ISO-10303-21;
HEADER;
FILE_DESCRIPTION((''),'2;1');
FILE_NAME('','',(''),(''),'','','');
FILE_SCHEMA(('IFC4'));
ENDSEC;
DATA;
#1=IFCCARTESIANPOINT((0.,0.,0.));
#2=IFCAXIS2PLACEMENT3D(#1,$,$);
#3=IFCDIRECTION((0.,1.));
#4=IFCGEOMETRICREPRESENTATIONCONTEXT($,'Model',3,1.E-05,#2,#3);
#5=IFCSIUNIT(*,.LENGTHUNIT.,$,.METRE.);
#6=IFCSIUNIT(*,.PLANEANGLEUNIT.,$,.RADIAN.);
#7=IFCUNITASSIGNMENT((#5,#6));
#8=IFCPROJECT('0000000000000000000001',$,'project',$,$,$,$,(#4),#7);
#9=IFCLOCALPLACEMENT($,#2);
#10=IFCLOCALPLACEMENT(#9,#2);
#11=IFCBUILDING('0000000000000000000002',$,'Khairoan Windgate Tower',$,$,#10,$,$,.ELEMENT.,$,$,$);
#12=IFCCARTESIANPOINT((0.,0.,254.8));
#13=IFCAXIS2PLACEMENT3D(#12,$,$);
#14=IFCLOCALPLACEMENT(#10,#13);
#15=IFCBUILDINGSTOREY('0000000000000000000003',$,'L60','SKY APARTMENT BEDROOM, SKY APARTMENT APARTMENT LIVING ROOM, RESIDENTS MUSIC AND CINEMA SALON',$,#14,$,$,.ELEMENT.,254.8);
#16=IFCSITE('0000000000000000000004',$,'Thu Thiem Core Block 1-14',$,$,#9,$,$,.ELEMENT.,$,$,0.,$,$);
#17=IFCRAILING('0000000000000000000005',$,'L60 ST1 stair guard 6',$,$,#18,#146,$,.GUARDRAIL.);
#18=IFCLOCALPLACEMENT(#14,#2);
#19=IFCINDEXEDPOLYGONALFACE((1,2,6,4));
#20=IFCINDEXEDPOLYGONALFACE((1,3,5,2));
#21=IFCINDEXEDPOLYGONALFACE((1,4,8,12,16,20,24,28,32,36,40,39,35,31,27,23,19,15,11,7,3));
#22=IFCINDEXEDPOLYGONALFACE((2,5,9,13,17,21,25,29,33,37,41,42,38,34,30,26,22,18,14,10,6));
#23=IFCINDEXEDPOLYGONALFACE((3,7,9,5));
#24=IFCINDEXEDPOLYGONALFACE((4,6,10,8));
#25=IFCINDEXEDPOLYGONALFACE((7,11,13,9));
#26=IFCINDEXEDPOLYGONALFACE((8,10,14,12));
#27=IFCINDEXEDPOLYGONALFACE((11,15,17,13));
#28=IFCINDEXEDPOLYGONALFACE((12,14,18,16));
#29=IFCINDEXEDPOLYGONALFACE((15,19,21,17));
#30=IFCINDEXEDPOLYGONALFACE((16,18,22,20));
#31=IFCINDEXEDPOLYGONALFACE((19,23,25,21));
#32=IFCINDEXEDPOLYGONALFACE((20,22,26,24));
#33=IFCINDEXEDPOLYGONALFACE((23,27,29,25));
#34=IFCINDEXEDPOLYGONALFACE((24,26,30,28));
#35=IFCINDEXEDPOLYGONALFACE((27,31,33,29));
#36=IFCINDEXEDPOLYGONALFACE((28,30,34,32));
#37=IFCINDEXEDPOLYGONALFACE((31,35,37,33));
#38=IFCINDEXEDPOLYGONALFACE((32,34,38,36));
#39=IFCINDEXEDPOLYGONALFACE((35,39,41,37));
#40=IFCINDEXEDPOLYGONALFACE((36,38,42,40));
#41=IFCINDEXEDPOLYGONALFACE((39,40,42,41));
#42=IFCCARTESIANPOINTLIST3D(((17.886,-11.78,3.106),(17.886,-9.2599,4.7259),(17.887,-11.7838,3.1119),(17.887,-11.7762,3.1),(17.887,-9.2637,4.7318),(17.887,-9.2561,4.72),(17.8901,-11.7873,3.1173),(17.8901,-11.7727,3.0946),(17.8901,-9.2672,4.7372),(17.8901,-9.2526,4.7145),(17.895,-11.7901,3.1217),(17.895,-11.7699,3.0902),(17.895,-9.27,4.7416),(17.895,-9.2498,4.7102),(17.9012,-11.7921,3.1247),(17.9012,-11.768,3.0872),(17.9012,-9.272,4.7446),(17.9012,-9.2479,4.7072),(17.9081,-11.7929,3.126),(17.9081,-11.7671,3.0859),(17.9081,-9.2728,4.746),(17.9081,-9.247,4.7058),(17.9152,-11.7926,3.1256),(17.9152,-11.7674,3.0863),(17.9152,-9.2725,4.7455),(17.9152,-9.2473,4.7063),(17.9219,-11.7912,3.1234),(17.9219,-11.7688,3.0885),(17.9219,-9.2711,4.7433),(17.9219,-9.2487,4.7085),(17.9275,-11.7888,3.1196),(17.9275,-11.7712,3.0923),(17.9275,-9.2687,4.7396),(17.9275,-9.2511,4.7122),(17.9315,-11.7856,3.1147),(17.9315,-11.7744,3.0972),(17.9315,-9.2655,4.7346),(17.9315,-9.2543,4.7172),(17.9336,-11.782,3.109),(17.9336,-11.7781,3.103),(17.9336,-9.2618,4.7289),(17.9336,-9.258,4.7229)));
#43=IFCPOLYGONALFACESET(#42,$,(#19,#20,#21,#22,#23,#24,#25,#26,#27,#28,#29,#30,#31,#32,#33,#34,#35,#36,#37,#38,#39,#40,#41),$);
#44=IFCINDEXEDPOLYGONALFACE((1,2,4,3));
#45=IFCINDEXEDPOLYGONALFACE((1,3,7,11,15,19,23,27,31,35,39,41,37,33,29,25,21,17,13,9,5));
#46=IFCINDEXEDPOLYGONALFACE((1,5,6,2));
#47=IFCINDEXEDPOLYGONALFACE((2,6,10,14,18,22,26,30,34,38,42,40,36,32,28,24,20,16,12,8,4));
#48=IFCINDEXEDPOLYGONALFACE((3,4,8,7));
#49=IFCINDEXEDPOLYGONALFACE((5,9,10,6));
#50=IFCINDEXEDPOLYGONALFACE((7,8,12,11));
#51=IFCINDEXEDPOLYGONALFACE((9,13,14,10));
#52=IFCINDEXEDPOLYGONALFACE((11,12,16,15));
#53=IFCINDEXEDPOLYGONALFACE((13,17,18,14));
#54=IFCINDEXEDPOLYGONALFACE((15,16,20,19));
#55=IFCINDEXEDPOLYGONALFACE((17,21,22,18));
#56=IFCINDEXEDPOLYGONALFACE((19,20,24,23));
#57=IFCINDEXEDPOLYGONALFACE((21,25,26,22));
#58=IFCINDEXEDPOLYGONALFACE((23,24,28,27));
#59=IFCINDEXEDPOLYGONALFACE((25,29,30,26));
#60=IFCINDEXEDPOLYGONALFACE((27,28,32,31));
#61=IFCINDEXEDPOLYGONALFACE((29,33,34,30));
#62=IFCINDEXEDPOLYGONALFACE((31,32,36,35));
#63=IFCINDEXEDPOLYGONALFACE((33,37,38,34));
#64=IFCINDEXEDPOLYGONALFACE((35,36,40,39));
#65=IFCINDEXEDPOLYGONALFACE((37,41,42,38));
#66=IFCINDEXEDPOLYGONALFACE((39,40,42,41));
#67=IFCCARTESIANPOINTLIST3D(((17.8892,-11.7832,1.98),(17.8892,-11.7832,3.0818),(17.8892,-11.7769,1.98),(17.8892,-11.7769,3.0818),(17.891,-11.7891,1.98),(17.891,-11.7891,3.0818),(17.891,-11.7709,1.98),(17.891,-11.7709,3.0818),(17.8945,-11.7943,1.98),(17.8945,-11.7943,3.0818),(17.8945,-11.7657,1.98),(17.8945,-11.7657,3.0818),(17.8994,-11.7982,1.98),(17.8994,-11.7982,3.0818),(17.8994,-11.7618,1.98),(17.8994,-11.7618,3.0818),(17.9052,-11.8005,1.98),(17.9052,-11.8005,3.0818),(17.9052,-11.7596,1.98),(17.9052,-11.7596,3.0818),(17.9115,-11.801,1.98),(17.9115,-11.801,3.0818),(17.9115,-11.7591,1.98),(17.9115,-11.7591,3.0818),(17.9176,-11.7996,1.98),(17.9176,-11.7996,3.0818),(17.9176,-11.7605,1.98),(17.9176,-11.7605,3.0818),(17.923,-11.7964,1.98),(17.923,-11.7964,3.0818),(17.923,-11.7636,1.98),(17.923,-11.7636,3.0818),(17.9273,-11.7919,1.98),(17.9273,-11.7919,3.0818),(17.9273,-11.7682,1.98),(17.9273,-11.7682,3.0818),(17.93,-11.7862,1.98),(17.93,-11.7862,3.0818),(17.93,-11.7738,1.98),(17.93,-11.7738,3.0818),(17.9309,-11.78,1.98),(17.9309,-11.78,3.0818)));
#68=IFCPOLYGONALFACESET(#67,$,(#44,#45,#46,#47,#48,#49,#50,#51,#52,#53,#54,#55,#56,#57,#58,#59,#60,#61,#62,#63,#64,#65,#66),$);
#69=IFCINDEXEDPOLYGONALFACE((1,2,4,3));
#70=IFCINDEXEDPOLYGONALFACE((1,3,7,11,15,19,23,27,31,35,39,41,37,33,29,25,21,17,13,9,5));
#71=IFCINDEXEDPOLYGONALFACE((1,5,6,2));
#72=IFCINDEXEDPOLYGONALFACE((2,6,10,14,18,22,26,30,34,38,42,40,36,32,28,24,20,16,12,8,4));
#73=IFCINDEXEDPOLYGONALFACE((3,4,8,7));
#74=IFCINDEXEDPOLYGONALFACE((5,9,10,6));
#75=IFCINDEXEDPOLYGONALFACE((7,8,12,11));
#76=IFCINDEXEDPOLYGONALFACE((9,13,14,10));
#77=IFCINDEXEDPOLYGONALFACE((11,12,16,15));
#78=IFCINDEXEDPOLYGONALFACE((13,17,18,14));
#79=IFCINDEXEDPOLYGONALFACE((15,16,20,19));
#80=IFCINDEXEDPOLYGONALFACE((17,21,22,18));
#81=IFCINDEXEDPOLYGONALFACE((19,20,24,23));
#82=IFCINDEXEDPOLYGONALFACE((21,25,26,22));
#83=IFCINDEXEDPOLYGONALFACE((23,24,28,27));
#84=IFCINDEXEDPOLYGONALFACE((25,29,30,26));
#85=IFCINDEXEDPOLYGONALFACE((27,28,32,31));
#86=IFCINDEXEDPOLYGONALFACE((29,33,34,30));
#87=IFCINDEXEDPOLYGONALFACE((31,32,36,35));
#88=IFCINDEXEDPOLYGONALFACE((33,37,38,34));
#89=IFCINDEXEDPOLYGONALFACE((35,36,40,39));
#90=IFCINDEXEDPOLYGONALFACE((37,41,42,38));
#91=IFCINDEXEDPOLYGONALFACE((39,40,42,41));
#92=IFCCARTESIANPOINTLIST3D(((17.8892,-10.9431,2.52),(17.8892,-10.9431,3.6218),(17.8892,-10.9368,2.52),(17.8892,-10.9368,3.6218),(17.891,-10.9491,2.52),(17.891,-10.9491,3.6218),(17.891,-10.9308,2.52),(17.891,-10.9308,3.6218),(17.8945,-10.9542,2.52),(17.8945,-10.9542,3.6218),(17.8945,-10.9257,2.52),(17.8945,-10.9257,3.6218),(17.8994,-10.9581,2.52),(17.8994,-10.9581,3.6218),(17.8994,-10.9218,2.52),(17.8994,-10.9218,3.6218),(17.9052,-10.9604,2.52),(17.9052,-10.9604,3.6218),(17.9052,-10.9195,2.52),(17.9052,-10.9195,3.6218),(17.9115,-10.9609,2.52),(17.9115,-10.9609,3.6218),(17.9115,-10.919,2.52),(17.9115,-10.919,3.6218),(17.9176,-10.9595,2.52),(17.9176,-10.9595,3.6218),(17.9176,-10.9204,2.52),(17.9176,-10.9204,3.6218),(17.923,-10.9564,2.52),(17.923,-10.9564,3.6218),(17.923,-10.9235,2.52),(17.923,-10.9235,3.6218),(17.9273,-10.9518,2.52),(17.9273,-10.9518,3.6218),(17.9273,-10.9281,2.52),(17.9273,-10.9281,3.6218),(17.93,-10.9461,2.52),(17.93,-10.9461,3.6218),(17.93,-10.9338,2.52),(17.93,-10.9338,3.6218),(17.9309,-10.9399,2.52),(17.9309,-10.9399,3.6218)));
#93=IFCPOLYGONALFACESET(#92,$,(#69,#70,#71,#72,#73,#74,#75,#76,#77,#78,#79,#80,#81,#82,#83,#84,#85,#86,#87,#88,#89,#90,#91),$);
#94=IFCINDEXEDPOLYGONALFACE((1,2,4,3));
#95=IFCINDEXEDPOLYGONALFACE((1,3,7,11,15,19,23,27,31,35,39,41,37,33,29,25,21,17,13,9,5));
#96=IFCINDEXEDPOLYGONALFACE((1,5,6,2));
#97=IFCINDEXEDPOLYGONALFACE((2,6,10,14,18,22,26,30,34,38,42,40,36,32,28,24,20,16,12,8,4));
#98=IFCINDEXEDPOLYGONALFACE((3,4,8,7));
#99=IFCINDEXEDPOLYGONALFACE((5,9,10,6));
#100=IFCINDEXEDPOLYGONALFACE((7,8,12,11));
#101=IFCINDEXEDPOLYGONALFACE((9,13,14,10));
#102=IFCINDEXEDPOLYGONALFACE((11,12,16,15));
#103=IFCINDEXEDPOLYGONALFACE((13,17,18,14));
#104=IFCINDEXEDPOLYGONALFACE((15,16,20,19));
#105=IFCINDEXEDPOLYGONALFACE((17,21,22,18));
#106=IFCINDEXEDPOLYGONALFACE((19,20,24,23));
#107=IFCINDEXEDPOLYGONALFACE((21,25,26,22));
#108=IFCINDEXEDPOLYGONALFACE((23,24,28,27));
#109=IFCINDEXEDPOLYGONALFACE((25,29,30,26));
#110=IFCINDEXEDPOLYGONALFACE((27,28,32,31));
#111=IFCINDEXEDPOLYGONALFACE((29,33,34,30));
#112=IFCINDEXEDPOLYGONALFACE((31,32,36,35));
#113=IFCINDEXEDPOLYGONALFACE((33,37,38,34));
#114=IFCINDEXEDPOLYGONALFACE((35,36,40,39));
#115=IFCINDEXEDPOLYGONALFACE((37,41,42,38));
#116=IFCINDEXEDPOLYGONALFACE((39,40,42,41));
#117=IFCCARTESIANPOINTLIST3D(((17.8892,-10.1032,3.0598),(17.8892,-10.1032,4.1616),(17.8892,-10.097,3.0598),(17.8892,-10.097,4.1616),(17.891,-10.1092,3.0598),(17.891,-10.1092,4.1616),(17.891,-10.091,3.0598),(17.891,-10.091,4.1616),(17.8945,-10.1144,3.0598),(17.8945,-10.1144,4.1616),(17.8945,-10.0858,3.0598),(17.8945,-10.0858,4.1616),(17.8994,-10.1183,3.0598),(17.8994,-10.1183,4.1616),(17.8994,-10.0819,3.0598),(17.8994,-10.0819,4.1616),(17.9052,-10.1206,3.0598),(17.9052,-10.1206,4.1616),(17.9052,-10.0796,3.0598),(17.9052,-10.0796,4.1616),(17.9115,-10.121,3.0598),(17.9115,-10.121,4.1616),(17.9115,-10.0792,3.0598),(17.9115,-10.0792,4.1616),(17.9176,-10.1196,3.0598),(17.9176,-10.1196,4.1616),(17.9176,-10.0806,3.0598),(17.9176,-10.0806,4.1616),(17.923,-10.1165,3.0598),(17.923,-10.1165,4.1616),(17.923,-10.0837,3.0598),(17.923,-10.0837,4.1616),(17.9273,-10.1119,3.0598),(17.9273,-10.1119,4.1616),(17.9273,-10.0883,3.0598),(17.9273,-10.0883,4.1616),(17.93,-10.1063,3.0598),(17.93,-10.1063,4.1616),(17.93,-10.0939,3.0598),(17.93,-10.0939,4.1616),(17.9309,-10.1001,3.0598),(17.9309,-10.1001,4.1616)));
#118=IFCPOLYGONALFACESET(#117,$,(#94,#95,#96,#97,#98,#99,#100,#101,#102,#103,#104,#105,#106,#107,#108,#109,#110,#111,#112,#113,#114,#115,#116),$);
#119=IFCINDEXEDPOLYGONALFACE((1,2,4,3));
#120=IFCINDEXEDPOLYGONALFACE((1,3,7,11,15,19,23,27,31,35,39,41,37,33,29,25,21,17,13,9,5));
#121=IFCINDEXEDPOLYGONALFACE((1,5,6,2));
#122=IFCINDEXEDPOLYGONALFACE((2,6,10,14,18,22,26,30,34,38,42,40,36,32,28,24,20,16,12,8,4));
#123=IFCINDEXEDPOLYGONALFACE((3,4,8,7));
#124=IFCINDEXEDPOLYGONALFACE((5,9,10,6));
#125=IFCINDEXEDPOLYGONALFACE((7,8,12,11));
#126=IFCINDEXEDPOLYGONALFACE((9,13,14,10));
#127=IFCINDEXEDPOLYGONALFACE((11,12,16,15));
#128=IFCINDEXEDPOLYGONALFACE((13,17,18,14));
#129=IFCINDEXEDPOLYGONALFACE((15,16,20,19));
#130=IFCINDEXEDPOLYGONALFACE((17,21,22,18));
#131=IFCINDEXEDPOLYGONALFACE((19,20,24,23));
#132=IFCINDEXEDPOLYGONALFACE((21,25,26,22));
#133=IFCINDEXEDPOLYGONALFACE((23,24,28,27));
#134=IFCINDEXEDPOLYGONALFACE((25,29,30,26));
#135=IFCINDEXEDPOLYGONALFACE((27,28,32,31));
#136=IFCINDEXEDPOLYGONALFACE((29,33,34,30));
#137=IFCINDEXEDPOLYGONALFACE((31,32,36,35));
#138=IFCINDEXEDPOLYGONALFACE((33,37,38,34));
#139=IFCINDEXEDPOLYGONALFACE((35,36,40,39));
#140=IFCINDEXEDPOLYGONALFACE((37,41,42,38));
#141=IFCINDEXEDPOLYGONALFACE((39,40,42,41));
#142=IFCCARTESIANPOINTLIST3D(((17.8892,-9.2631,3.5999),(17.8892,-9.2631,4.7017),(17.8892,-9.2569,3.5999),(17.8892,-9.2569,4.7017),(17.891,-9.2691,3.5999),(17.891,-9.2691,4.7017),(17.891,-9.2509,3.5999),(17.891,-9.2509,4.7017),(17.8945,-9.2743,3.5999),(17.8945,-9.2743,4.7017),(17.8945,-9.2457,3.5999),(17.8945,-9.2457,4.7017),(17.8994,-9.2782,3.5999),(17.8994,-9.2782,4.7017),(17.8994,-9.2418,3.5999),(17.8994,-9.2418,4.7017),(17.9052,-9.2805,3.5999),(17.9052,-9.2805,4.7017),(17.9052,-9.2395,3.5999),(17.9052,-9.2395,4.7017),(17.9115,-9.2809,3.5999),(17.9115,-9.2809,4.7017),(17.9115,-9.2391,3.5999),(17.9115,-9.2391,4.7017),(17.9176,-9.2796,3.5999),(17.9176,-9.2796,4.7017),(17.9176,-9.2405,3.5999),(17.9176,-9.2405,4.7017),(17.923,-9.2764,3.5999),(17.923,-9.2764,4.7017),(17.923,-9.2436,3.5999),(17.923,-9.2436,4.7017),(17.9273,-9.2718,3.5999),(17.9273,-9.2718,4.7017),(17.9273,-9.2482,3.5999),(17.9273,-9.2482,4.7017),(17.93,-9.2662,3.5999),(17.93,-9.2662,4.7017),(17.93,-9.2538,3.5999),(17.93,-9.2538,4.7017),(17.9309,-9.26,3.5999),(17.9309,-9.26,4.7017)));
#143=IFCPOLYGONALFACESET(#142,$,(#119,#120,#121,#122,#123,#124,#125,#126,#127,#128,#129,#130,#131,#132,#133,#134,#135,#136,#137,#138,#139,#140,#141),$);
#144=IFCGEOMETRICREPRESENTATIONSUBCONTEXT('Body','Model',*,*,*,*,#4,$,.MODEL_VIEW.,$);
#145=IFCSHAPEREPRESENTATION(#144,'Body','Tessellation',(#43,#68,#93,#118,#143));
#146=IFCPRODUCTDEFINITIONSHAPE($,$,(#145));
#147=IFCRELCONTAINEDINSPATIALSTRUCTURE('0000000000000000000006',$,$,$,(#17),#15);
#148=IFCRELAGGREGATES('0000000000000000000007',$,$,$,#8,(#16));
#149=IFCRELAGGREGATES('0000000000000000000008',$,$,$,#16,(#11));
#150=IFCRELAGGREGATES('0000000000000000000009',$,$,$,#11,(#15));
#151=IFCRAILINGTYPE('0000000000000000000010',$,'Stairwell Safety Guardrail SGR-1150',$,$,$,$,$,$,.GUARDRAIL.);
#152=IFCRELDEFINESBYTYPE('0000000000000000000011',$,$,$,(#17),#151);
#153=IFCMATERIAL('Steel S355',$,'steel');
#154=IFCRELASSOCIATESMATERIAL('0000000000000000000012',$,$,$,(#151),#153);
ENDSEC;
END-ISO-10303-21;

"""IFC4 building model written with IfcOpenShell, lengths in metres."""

from ifc_helpers import new_model, si_unit, direction, frame, origin, origin_2d, place, context, subcontext, project, spatial, circle, extrude, material, type_object, element, save


model = new_model("IFC4")

# Units and contexts
model_context = context("Model", 3, precision=1e-05, world=origin(), true_north=direction((0.0, 1.0)))
body_context = subcontext(model_context, "Body", "Model", "MODEL_VIEW")
ifc_project = project(units=[si_unit("LENGTHUNIT", "METRE"), si_unit("PLANEANGLEUNIT", "RADIAN")], contexts=[model_context])

# Site, building, storey
site_placement = place(None, origin())
site = spatial("IfcSite", under=ifc_project, at=site_placement, Name="Thu Thiem Core Block 1-14", CompositionType="ELEMENT", RefElevation=0.0)
building_placement = place(site_placement, origin())
building = spatial("IfcBuilding", under=site, at=building_placement, Name="Khairoan Windgate Tower", CompositionType="ELEMENT")
storey_placement = place(building_placement, frame((0.0, 0.0, 254.8)))
storey = spatial("IfcBuildingStorey", under=building, at=storey_placement, Name="L60", Description="SKY APARTMENT BEDROOM, SKY APARTMENT APARTMENT LIVING ROOM, RESIDENTS MUSIC AND CINEMA SALON", CompositionType="ELEMENT", Elevation=254.8)

# Railing
ifc_material_1 = material(Name="Steel S355", Category="steel")
railing_type_1 = type_object("IfcRailingType", Name="Stairwell Safety Guardrail SGR-1150", PredefinedType="GUARDRAIL", material=ifc_material_1)
railing_1_placement = place(storey_placement, frame((17.9099, -11.78, 1.98)))
element("IfcRailing", 1, at=railing_1_placement, inside=storey, type_object=railing_type_1, Name="L60 ST1 stair guard 6", PredefinedType="GUARDRAIL", context=body_context, shape_type="SweptSolid", body=[
    extrude(circle(Radius=0.0239, at=origin_2d()), frame((0.0, 0.0, 1.126), z_axis=(0.0, 0.8412, 0.540725), x_axis=(-1.0, 0.0, 0.0)), (0.0, 0.0, 1.0), 2.9958),
    extrude(circle(Radius=0.021, at=origin_2d()), origin(), (0.0, 0.0, 1.0), 1.1018),
    extrude(circle(Radius=0.021, at=origin_2d()), frame((0.0, 0.8401, 0.54)), (0.0, 0.0, 1.0), 1.1018),
    extrude(circle(Radius=0.021, at=origin_2d()), frame((0.0, 1.6799, 1.0798)), (0.0, 0.0, 1.0), 1.1018),
    extrude(circle(Radius=0.021, at=origin_2d()), frame((0.0, 2.52, 1.6199)), (0.0, 0.0, 1.0), 1.1018),
])

save(model, "model.ifc")
